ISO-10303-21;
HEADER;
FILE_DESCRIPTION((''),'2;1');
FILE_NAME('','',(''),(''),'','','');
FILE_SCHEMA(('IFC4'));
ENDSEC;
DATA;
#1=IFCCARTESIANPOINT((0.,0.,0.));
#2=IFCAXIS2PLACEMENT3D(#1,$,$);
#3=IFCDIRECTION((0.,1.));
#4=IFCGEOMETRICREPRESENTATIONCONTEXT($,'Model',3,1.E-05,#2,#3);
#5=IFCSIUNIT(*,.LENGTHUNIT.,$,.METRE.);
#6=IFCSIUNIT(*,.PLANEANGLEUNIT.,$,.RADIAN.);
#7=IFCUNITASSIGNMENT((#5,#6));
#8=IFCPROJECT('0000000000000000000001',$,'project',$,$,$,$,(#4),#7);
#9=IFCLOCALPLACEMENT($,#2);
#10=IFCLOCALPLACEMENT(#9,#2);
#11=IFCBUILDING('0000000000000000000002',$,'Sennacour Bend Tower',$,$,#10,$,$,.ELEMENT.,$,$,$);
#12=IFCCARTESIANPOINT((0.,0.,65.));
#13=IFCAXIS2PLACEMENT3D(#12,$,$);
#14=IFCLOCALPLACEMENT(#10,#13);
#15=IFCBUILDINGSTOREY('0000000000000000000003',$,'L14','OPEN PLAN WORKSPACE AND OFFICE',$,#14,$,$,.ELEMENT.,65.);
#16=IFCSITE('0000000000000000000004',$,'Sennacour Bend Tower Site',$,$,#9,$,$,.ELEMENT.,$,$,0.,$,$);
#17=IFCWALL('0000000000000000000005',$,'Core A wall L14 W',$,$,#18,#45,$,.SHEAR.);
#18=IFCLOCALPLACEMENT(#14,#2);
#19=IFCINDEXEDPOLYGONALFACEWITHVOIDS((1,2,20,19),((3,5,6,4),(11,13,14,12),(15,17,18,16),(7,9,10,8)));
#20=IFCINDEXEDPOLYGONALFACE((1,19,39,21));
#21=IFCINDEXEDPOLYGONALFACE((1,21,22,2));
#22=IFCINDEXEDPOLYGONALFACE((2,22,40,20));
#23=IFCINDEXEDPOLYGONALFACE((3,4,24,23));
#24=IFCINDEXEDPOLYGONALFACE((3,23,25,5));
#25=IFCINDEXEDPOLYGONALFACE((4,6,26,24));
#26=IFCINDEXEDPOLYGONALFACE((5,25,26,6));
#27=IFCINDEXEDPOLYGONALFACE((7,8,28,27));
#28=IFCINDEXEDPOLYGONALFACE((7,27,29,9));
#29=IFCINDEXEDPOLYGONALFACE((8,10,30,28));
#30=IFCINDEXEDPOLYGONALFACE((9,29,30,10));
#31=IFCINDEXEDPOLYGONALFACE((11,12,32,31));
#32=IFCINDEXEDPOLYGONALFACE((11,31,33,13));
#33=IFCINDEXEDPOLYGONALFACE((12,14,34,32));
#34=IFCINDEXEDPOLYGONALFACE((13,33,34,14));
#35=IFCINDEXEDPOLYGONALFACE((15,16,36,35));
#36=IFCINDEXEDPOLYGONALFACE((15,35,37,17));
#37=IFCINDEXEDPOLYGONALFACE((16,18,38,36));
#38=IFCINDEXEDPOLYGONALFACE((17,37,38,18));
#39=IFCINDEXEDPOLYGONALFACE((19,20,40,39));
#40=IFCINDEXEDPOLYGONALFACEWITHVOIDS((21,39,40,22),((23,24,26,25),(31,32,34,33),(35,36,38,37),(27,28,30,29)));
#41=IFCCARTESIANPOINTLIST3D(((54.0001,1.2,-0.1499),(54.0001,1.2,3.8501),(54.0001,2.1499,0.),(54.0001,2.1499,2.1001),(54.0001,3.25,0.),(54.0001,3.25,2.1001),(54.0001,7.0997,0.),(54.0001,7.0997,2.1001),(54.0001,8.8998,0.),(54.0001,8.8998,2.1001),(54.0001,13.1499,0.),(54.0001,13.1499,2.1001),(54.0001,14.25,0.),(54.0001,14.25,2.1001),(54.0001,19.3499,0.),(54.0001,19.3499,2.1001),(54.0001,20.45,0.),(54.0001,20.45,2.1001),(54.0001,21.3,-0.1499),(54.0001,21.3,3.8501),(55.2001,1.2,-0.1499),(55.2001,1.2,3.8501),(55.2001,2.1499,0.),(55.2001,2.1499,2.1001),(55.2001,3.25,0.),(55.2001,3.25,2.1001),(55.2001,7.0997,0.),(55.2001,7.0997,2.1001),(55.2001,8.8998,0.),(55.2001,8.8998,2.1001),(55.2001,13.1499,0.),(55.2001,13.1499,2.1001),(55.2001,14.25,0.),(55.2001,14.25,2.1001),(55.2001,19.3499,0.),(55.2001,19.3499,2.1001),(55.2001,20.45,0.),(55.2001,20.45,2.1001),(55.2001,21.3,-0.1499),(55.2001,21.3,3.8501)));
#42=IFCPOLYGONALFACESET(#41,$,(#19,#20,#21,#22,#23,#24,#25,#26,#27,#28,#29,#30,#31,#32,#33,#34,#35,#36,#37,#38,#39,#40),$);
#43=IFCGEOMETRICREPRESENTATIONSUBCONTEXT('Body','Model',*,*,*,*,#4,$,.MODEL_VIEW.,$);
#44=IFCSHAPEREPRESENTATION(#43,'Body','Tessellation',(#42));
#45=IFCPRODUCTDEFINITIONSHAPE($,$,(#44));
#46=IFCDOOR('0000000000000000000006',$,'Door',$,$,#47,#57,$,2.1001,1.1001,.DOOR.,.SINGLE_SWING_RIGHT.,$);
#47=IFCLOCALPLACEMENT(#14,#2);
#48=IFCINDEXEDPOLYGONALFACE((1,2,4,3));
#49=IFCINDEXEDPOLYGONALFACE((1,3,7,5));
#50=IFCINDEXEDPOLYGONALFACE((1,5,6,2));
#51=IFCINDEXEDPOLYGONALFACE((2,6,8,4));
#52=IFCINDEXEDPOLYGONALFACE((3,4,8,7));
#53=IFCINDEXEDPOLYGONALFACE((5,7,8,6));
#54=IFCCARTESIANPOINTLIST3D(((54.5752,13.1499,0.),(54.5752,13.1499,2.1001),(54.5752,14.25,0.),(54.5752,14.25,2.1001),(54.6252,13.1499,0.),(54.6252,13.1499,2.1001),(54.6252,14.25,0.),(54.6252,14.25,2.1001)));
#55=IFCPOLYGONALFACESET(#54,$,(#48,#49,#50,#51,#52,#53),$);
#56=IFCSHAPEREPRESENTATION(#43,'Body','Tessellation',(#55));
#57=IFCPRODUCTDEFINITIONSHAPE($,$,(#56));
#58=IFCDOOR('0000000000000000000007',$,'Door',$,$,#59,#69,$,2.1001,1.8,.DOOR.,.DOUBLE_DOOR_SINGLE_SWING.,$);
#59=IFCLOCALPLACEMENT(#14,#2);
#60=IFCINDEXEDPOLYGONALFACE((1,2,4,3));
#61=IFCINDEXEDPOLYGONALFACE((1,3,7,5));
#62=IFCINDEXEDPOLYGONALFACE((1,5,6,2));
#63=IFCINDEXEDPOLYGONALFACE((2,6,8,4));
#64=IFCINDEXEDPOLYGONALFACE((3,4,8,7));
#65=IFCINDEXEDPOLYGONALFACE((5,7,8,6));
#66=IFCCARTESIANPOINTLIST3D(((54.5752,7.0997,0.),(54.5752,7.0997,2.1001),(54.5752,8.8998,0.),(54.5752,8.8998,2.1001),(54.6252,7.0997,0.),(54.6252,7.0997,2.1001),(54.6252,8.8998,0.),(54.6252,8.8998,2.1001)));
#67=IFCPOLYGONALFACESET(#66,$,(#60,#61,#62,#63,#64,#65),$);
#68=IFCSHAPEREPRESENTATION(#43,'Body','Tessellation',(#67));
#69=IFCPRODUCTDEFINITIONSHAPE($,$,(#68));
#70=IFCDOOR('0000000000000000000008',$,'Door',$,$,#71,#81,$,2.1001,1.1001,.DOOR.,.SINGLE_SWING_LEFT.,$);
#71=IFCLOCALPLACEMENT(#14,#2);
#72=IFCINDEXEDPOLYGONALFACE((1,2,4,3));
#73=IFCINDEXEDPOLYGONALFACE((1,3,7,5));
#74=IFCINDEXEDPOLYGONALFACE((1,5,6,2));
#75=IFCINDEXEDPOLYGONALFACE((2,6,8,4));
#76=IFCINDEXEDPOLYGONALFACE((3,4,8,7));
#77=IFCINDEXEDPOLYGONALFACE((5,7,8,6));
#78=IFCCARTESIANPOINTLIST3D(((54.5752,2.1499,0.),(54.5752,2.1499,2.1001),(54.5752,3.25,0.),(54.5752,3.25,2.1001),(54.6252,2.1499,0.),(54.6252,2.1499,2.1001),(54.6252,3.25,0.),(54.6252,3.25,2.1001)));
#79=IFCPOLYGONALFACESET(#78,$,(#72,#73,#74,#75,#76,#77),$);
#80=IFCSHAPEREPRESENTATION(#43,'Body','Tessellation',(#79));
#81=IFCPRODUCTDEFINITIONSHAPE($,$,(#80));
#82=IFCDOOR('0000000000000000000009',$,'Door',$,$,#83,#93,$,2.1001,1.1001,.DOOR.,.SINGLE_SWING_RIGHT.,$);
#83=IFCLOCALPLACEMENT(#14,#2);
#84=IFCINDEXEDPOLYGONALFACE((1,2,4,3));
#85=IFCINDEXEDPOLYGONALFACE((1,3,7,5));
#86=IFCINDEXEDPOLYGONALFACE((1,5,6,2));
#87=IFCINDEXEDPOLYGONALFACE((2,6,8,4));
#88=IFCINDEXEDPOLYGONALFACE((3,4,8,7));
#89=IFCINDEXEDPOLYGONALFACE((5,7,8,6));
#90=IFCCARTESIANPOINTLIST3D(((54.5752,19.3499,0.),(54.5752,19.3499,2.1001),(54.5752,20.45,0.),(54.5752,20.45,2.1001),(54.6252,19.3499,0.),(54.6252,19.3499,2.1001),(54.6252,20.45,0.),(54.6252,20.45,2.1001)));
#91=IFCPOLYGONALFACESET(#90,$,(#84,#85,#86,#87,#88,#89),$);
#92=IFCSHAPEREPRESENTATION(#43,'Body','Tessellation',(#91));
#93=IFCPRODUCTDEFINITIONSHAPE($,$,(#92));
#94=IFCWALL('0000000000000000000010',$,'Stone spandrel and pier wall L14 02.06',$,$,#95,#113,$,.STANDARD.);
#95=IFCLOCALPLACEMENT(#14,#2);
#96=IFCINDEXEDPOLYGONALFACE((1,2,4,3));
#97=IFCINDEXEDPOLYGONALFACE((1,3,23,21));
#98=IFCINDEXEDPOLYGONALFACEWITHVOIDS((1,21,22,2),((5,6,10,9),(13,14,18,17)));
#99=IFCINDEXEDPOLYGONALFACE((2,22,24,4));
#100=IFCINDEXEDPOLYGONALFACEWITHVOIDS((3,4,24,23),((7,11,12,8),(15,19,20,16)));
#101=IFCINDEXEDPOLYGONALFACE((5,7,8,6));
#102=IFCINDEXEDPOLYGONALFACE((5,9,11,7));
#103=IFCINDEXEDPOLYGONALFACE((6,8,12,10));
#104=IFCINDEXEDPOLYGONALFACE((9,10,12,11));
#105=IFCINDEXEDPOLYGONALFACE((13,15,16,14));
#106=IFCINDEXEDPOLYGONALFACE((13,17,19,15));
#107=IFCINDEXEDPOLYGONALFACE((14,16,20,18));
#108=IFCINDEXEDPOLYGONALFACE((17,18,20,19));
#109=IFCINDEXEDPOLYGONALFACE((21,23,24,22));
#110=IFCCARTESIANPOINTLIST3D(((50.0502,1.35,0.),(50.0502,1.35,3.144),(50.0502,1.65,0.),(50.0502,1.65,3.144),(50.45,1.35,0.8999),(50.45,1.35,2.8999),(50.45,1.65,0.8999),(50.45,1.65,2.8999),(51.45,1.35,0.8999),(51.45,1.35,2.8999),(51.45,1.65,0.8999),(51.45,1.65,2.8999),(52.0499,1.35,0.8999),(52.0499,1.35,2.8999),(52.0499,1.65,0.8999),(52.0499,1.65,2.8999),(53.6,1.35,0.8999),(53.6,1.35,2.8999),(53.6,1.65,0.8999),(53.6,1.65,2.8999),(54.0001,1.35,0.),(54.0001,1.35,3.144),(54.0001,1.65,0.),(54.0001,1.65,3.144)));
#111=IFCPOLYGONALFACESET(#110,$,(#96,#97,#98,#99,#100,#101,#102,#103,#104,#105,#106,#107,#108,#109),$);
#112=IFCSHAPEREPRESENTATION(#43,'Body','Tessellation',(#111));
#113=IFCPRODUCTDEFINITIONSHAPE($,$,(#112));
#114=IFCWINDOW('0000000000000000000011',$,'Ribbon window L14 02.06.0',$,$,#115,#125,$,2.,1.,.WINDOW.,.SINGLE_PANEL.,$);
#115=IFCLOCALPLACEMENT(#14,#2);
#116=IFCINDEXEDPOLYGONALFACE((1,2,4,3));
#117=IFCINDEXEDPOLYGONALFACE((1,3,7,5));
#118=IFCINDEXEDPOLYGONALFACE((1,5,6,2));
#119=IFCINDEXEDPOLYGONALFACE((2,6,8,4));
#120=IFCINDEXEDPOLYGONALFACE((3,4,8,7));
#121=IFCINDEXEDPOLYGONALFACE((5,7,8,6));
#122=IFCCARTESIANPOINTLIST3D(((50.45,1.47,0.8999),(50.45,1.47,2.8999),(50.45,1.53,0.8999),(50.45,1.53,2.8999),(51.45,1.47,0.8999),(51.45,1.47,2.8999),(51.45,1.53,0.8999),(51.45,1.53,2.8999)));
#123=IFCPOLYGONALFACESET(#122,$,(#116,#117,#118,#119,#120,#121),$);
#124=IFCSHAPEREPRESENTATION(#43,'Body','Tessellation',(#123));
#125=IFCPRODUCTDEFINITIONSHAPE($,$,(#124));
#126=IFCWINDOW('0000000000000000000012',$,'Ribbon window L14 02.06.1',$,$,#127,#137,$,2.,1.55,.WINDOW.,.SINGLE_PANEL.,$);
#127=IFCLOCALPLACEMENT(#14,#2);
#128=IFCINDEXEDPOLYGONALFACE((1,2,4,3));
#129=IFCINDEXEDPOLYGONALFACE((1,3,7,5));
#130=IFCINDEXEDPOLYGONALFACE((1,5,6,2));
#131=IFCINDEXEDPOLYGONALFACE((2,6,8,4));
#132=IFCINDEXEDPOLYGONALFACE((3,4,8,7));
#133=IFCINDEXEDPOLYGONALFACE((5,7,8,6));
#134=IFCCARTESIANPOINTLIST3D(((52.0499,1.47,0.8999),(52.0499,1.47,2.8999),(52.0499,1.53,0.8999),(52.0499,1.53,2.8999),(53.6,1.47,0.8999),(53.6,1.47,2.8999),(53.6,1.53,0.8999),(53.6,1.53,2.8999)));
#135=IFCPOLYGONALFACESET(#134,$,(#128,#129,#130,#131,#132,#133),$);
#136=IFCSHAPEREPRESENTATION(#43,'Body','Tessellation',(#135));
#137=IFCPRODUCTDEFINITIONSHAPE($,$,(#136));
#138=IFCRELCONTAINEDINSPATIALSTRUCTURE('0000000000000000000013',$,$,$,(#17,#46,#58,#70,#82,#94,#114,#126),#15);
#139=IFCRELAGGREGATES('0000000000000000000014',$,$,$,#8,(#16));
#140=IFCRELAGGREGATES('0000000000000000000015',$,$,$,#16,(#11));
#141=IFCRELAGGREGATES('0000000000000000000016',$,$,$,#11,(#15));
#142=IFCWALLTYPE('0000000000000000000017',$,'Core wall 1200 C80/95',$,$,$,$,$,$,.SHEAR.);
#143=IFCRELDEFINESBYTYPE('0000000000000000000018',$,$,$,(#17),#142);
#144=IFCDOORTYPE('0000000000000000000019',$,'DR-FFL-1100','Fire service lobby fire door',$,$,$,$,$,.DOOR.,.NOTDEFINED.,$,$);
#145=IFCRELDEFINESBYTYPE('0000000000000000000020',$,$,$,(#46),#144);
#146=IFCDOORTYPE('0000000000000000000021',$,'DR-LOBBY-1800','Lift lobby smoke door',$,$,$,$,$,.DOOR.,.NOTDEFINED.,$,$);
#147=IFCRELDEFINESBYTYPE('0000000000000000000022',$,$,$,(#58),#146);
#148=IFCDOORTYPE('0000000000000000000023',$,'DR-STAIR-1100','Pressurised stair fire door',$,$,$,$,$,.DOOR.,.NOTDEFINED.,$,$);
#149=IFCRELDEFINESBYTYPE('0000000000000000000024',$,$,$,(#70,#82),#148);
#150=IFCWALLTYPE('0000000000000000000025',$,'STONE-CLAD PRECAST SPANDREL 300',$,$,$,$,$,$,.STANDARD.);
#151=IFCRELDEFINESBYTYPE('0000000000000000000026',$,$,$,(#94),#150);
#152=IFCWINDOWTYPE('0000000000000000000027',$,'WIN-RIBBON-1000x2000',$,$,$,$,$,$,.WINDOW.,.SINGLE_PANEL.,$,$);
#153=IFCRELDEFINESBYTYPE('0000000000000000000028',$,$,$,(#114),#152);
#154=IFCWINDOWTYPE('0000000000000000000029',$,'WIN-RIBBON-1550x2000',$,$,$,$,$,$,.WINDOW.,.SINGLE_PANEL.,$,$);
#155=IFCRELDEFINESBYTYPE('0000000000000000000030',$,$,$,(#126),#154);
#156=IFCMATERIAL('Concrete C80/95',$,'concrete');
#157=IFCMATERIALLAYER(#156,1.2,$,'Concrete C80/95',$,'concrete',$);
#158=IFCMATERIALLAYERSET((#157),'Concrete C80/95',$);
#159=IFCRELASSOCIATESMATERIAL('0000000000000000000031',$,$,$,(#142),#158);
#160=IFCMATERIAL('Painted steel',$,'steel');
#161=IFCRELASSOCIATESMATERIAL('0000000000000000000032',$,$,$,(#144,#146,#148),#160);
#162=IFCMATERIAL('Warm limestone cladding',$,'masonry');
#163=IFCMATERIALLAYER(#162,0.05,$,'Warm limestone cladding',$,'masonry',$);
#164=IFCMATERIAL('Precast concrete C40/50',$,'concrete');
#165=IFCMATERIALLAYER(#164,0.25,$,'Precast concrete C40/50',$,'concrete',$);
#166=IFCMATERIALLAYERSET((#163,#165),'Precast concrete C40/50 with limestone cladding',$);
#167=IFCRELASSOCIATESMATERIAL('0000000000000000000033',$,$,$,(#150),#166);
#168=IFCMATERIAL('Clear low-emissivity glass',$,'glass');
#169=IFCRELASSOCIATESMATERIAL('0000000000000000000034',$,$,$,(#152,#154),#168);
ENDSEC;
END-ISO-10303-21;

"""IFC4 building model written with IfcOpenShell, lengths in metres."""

from ifc_helpers import new_model, si_unit, direction, frame, frame_2d, origin, place, context, subcontext, project, spatial, rectangle, extrude, material, layer, layer_set, type_object, element, fill, save


model = new_model("IFC4")

# Units and contexts
model_context = context("Model", 3, precision=1e-05, world=origin(), true_north=direction((0.0, 1.0)))
body_context = subcontext(model_context, "Body", "Model", "MODEL_VIEW")
ifc_project = project(units=[si_unit("LENGTHUNIT", "METRE"), si_unit("PLANEANGLEUNIT", "RADIAN")], contexts=[model_context])

# Site, building, storey
site_placement = place(None, origin())
site = spatial("IfcSite", under=ifc_project, at=site_placement, Name="Sennacour Bend Tower Site", CompositionType="ELEMENT", RefElevation=0.0)
building_placement = place(site_placement, origin())
building = spatial("IfcBuilding", under=site, at=building_placement, Name="Sennacour Bend Tower", CompositionType="ELEMENT")
storey_placement = place(building_placement, frame((0.0, 0.0, 65.0)))
storey = spatial("IfcBuildingStorey", under=building, at=storey_placement, Name="L14", Description="OPEN PLAN WORKSPACE AND OFFICE", CompositionType="ELEMENT", Elevation=65.0)

# Wall, openings, doors
ifc_material_1 = material(Name="Concrete C80/95", Category="concrete")
ifc_layer_1 = layer(ifc_material_1, 1.2, Name="Concrete C80/95", Category="concrete")
ifc_layer_set_1 = layer_set([ifc_layer_1], Name="Concrete C80/95")
wall_type_1 = type_object("IfcWallType", Name="Core wall 1200 C80/95", PredefinedType="SHEAR", material=ifc_layer_set_1)
wall_1_placement = place(storey_placement, frame((54.6001, 1.2, -0.1499), z_axis=(0.0, 0.0, 1.0), x_axis=(0.0, 1.0, 0.0)))
wall_1 = element("IfcWall", 1, at=wall_1_placement, inside=storey, type_object=wall_type_1, Name="Core A wall L14 W", PredefinedType="SHEAR", context=body_context, shape_type="SweptSolid", body=[
    extrude(rectangle(XDim=20.1001, YDim=1.2, at=frame_2d((10.05, 0.0))), origin(), (0.0, 0.0, 1.0), 4.0),
])
opening_1_placement = place(wall_1_placement, frame((5.8999, 0.0, 0.1499)))
opening_1 = element("IfcOpeningElement", 2, at=opening_1_placement, cuts=wall_1, PredefinedType="OPENING", context=body_context, shape_type="SweptSolid", body=[
    extrude(rectangle(XDim=1.8, YDim=2.1001, at=frame_2d((0.8999, 1.05))), frame((0.0, 0.6099, 0.0), z_axis=(0.0, -1.0, 0.0), x_axis=(1.0, 0.0, 0.0)), (0.0, 0.0, 1.0), 1.22),
])
opening_2_placement = place(wall_1_placement, frame((11.95, 0.0, 0.1499)))
opening_2 = element("IfcOpeningElement", 3, at=opening_2_placement, cuts=wall_1, PredefinedType="OPENING", context=body_context, shape_type="SweptSolid", body=[
    extrude(rectangle(XDim=1.1001, YDim=2.1001, at=frame_2d((0.55, 1.05))), frame((0.0, 0.6099, 0.0), z_axis=(0.0, -1.0, 0.0), x_axis=(1.0, 0.0, 0.0)), (0.0, 0.0, 1.0), 1.22),
])
opening_3_placement = place(wall_1_placement, frame((0.95, 0.0, 0.1499)))
opening_3 = element("IfcOpeningElement", 4, at=opening_3_placement, cuts=wall_1, PredefinedType="OPENING", context=body_context, shape_type="SweptSolid", body=[
    extrude(rectangle(XDim=1.1001, YDim=2.1001, at=frame_2d((0.55, 1.05))), frame((0.0, 0.6099, 0.0), z_axis=(0.0, -1.0, 0.0), x_axis=(1.0, 0.0, 0.0)), (0.0, 0.0, 1.0), 1.22),
])
opening_4_placement = place(wall_1_placement, frame((18.1499, 0.0, 0.1499)))
opening_4 = element("IfcOpeningElement", 5, at=opening_4_placement, cuts=wall_1, PredefinedType="OPENING", context=body_context, shape_type="SweptSolid", body=[
    extrude(rectangle(XDim=1.1001, YDim=2.1001, at=frame_2d((0.55, 1.05))), frame((0.0, 0.6099, 0.0), z_axis=(0.0, -1.0, 0.0), x_axis=(1.0, 0.0, 0.0)), (0.0, 0.0, 1.0), 1.22),
])
ifc_material_2 = material(Name="Painted steel", Category="steel")
door_type_1 = type_object("IfcDoorType", Name="DR-FFL-1100", Description="Fire service lobby fire door", OperationType="NOTDEFINED", PredefinedType="DOOR", material=ifc_material_2)
door_1_placement = place(opening_2_placement, origin())
door_1 = element("IfcDoor", 6, at=door_1_placement, inside=storey, type_object=door_type_1, Name="Door", OperationType="SINGLE_SWING_RIGHT", OverallHeight=2.1001, OverallWidth=1.1001, PredefinedType="DOOR", context=body_context, shape_type="SweptSolid", body=[
    extrude(rectangle(XDim=1.1001, YDim=2.1001, at=frame_2d((0.55, 1.05))), frame((0.0, 0.0249, 0.0), z_axis=(0.0, -1.0, 0.0), x_axis=(1.0, 0.0, 0.0)), (0.0, 0.0, 1.0), 0.05),
])
fill(opening_2, door_1)
door_type_2 = type_object("IfcDoorType", Name="DR-LOBBY-1800", Description="Lift lobby smoke door", OperationType="NOTDEFINED", PredefinedType="DOOR", material=ifc_material_2)
door_2_placement = place(opening_1_placement, origin())
door_2 = element("IfcDoor", 7, at=door_2_placement, inside=storey, type_object=door_type_2, Name="Door", OperationType="DOUBLE_DOOR_SINGLE_SWING", OverallHeight=2.1001, OverallWidth=1.8, PredefinedType="DOOR", context=body_context, shape_type="SweptSolid", body=[
    extrude(rectangle(XDim=1.8, YDim=2.1001, at=frame_2d((0.8999, 1.05))), frame((0.0, 0.0249, 0.0), z_axis=(0.0, -1.0, 0.0), x_axis=(1.0, 0.0, 0.0)), (0.0, 0.0, 1.0), 0.05),
])
fill(opening_1, door_2)
door_type_3 = type_object("IfcDoorType", Name="DR-STAIR-1100", Description="Pressurised stair fire door", OperationType="NOTDEFINED", PredefinedType="DOOR", material=ifc_material_2)
door_3_placement = place(opening_3_placement, origin())
door_3 = element("IfcDoor", 8, at=door_3_placement, inside=storey, type_object=door_type_3, Name="Door", OperationType="SINGLE_SWING_LEFT", OverallHeight=2.1001, OverallWidth=1.1001, PredefinedType="DOOR", context=body_context, shape_type="SweptSolid", body=[
    extrude(rectangle(XDim=1.1001, YDim=2.1001, at=frame_2d((0.55, 1.05))), frame((0.0, 0.0249, 0.0), z_axis=(0.0, -1.0, 0.0), x_axis=(1.0, 0.0, 0.0)), (0.0, 0.0, 1.0), 0.05),
])
fill(opening_3, door_3)
door_4_placement = place(opening_4_placement, origin())
door_4 = element("IfcDoor", 9, at=door_4_placement, inside=storey, type_object=door_type_3, Name="Door", OperationType="SINGLE_SWING_RIGHT", OverallHeight=2.1001, OverallWidth=1.1001, PredefinedType="DOOR", context=body_context, shape_type="SweptSolid", body=[
    extrude(rectangle(XDim=1.1001, YDim=2.1001, at=frame_2d((0.55, 1.05))), frame((0.0, 0.0249, 0.0), z_axis=(0.0, -1.0, 0.0), x_axis=(1.0, 0.0, 0.0)), (0.0, 0.0, 1.0), 0.05),
])
fill(opening_4, door_4)

# Wall, openings, windows
ifc_material_3 = material(Name="Warm limestone cladding", Category="masonry")
ifc_layer_2 = layer(ifc_material_3, 0.05, Name="Warm limestone cladding", Category="masonry")
ifc_material_4 = material(Name="Precast concrete C40/50", Category="concrete")
ifc_layer_3 = layer(ifc_material_4, 0.25, Name="Precast concrete C40/50", Category="concrete")
ifc_layer_set_2 = layer_set([ifc_layer_2, ifc_layer_3], Name="Precast concrete C40/50 with limestone cladding")
wall_type_2 = type_object("IfcWallType", Name="STONE-CLAD PRECAST SPANDREL 300", PredefinedType="STANDARD", material=ifc_layer_set_2)
wall_2_placement = place(storey_placement, frame((50.05, 1.5, 0.0), z_axis=(0.0, 0.0, 1.0), x_axis=(1.0, 0.0, 0.0)))
wall_2 = element("IfcWall", 10, at=wall_2_placement, inside=storey, type_object=wall_type_2, Name="Stone spandrel and pier wall L14 02.06", PredefinedType="STANDARD", context=body_context, shape_type="SweptSolid", body=[
    extrude(rectangle(XDim=3.95, YDim=0.3, at=frame_2d((1.9751, 0.0))), origin(), (0.0, 0.0, 1.0), 3.144),
])
opening_5_placement = place(wall_2_placement, frame((0.3999, 0.0, 0.8999)))
opening_5 = element("IfcOpeningElement", 11, at=opening_5_placement, cuts=wall_2, PredefinedType="OPENING", context=body_context, shape_type="SweptSolid", body=[
    extrude(rectangle(XDim=1.0, YDim=2.0, at=frame_2d((0.5, 1.0))), frame((0.0, 0.1602, 0.0), z_axis=(0.0, -1.0, 0.0), x_axis=(1.0, 0.0, 0.0)), (0.0, 0.0, 1.0), 0.3201),
])
opening_6_placement = place(wall_2_placement, frame((2.0, 0.0, 0.8999)))
opening_6 = element("IfcOpeningElement", 12, at=opening_6_placement, cuts=wall_2, PredefinedType="OPENING", context=body_context, shape_type="SweptSolid", body=[
    extrude(rectangle(XDim=1.55, YDim=2.0, at=frame_2d((0.7749, 1.0))), frame((0.0, 0.1602, 0.0), z_axis=(0.0, -1.0, 0.0), x_axis=(1.0, 0.0, 0.0)), (0.0, 0.0, 1.0), 0.3201),
])
ifc_material_5 = material(Name="Clear low-emissivity glass", Category="glass")
window_type_1 = type_object("IfcWindowType", Name="WIN-RIBBON-1000x2000", PartitioningType="SINGLE_PANEL", PredefinedType="WINDOW", material=ifc_material_5)
window_1_placement = place(opening_5_placement, origin())
window_1 = element("IfcWindow", 13, at=window_1_placement, inside=storey, type_object=window_type_1, Name="Ribbon window L14 02.06.0", OverallHeight=2.0, OverallWidth=1.0, PartitioningType="SINGLE_PANEL", PredefinedType="WINDOW", context=body_context, shape_type="SweptSolid", body=[
    extrude(rectangle(XDim=1.0, YDim=2.0, at=frame_2d((0.5, 1.0))), frame((0.0, 0.03, 0.0), z_axis=(0.0, -1.0, 0.0), x_axis=(1.0, 0.0, 0.0)), (0.0, 0.0, 1.0), 0.0601),
])
fill(opening_5, window_1)
window_type_2 = type_object("IfcWindowType", Name="WIN-RIBBON-1550x2000", PartitioningType="SINGLE_PANEL", PredefinedType="WINDOW", material=ifc_material_5)
window_2_placement = place(opening_6_placement, origin())
window_2 = element("IfcWindow", 14, at=window_2_placement, inside=storey, type_object=window_type_2, Name="Ribbon window L14 02.06.1", OverallHeight=2.0, OverallWidth=1.55, PartitioningType="SINGLE_PANEL", PredefinedType="WINDOW", context=body_context, shape_type="SweptSolid", body=[
    extrude(rectangle(XDim=1.55, YDim=2.0, at=frame_2d((0.7749, 1.0))), frame((0.0, 0.03, 0.0), z_axis=(0.0, -1.0, 0.0), x_axis=(1.0, 0.0, 0.0)), (0.0, 0.0, 1.0), 0.0601),
])
fill(opening_6, window_2)

save(model, "model.ifc")
